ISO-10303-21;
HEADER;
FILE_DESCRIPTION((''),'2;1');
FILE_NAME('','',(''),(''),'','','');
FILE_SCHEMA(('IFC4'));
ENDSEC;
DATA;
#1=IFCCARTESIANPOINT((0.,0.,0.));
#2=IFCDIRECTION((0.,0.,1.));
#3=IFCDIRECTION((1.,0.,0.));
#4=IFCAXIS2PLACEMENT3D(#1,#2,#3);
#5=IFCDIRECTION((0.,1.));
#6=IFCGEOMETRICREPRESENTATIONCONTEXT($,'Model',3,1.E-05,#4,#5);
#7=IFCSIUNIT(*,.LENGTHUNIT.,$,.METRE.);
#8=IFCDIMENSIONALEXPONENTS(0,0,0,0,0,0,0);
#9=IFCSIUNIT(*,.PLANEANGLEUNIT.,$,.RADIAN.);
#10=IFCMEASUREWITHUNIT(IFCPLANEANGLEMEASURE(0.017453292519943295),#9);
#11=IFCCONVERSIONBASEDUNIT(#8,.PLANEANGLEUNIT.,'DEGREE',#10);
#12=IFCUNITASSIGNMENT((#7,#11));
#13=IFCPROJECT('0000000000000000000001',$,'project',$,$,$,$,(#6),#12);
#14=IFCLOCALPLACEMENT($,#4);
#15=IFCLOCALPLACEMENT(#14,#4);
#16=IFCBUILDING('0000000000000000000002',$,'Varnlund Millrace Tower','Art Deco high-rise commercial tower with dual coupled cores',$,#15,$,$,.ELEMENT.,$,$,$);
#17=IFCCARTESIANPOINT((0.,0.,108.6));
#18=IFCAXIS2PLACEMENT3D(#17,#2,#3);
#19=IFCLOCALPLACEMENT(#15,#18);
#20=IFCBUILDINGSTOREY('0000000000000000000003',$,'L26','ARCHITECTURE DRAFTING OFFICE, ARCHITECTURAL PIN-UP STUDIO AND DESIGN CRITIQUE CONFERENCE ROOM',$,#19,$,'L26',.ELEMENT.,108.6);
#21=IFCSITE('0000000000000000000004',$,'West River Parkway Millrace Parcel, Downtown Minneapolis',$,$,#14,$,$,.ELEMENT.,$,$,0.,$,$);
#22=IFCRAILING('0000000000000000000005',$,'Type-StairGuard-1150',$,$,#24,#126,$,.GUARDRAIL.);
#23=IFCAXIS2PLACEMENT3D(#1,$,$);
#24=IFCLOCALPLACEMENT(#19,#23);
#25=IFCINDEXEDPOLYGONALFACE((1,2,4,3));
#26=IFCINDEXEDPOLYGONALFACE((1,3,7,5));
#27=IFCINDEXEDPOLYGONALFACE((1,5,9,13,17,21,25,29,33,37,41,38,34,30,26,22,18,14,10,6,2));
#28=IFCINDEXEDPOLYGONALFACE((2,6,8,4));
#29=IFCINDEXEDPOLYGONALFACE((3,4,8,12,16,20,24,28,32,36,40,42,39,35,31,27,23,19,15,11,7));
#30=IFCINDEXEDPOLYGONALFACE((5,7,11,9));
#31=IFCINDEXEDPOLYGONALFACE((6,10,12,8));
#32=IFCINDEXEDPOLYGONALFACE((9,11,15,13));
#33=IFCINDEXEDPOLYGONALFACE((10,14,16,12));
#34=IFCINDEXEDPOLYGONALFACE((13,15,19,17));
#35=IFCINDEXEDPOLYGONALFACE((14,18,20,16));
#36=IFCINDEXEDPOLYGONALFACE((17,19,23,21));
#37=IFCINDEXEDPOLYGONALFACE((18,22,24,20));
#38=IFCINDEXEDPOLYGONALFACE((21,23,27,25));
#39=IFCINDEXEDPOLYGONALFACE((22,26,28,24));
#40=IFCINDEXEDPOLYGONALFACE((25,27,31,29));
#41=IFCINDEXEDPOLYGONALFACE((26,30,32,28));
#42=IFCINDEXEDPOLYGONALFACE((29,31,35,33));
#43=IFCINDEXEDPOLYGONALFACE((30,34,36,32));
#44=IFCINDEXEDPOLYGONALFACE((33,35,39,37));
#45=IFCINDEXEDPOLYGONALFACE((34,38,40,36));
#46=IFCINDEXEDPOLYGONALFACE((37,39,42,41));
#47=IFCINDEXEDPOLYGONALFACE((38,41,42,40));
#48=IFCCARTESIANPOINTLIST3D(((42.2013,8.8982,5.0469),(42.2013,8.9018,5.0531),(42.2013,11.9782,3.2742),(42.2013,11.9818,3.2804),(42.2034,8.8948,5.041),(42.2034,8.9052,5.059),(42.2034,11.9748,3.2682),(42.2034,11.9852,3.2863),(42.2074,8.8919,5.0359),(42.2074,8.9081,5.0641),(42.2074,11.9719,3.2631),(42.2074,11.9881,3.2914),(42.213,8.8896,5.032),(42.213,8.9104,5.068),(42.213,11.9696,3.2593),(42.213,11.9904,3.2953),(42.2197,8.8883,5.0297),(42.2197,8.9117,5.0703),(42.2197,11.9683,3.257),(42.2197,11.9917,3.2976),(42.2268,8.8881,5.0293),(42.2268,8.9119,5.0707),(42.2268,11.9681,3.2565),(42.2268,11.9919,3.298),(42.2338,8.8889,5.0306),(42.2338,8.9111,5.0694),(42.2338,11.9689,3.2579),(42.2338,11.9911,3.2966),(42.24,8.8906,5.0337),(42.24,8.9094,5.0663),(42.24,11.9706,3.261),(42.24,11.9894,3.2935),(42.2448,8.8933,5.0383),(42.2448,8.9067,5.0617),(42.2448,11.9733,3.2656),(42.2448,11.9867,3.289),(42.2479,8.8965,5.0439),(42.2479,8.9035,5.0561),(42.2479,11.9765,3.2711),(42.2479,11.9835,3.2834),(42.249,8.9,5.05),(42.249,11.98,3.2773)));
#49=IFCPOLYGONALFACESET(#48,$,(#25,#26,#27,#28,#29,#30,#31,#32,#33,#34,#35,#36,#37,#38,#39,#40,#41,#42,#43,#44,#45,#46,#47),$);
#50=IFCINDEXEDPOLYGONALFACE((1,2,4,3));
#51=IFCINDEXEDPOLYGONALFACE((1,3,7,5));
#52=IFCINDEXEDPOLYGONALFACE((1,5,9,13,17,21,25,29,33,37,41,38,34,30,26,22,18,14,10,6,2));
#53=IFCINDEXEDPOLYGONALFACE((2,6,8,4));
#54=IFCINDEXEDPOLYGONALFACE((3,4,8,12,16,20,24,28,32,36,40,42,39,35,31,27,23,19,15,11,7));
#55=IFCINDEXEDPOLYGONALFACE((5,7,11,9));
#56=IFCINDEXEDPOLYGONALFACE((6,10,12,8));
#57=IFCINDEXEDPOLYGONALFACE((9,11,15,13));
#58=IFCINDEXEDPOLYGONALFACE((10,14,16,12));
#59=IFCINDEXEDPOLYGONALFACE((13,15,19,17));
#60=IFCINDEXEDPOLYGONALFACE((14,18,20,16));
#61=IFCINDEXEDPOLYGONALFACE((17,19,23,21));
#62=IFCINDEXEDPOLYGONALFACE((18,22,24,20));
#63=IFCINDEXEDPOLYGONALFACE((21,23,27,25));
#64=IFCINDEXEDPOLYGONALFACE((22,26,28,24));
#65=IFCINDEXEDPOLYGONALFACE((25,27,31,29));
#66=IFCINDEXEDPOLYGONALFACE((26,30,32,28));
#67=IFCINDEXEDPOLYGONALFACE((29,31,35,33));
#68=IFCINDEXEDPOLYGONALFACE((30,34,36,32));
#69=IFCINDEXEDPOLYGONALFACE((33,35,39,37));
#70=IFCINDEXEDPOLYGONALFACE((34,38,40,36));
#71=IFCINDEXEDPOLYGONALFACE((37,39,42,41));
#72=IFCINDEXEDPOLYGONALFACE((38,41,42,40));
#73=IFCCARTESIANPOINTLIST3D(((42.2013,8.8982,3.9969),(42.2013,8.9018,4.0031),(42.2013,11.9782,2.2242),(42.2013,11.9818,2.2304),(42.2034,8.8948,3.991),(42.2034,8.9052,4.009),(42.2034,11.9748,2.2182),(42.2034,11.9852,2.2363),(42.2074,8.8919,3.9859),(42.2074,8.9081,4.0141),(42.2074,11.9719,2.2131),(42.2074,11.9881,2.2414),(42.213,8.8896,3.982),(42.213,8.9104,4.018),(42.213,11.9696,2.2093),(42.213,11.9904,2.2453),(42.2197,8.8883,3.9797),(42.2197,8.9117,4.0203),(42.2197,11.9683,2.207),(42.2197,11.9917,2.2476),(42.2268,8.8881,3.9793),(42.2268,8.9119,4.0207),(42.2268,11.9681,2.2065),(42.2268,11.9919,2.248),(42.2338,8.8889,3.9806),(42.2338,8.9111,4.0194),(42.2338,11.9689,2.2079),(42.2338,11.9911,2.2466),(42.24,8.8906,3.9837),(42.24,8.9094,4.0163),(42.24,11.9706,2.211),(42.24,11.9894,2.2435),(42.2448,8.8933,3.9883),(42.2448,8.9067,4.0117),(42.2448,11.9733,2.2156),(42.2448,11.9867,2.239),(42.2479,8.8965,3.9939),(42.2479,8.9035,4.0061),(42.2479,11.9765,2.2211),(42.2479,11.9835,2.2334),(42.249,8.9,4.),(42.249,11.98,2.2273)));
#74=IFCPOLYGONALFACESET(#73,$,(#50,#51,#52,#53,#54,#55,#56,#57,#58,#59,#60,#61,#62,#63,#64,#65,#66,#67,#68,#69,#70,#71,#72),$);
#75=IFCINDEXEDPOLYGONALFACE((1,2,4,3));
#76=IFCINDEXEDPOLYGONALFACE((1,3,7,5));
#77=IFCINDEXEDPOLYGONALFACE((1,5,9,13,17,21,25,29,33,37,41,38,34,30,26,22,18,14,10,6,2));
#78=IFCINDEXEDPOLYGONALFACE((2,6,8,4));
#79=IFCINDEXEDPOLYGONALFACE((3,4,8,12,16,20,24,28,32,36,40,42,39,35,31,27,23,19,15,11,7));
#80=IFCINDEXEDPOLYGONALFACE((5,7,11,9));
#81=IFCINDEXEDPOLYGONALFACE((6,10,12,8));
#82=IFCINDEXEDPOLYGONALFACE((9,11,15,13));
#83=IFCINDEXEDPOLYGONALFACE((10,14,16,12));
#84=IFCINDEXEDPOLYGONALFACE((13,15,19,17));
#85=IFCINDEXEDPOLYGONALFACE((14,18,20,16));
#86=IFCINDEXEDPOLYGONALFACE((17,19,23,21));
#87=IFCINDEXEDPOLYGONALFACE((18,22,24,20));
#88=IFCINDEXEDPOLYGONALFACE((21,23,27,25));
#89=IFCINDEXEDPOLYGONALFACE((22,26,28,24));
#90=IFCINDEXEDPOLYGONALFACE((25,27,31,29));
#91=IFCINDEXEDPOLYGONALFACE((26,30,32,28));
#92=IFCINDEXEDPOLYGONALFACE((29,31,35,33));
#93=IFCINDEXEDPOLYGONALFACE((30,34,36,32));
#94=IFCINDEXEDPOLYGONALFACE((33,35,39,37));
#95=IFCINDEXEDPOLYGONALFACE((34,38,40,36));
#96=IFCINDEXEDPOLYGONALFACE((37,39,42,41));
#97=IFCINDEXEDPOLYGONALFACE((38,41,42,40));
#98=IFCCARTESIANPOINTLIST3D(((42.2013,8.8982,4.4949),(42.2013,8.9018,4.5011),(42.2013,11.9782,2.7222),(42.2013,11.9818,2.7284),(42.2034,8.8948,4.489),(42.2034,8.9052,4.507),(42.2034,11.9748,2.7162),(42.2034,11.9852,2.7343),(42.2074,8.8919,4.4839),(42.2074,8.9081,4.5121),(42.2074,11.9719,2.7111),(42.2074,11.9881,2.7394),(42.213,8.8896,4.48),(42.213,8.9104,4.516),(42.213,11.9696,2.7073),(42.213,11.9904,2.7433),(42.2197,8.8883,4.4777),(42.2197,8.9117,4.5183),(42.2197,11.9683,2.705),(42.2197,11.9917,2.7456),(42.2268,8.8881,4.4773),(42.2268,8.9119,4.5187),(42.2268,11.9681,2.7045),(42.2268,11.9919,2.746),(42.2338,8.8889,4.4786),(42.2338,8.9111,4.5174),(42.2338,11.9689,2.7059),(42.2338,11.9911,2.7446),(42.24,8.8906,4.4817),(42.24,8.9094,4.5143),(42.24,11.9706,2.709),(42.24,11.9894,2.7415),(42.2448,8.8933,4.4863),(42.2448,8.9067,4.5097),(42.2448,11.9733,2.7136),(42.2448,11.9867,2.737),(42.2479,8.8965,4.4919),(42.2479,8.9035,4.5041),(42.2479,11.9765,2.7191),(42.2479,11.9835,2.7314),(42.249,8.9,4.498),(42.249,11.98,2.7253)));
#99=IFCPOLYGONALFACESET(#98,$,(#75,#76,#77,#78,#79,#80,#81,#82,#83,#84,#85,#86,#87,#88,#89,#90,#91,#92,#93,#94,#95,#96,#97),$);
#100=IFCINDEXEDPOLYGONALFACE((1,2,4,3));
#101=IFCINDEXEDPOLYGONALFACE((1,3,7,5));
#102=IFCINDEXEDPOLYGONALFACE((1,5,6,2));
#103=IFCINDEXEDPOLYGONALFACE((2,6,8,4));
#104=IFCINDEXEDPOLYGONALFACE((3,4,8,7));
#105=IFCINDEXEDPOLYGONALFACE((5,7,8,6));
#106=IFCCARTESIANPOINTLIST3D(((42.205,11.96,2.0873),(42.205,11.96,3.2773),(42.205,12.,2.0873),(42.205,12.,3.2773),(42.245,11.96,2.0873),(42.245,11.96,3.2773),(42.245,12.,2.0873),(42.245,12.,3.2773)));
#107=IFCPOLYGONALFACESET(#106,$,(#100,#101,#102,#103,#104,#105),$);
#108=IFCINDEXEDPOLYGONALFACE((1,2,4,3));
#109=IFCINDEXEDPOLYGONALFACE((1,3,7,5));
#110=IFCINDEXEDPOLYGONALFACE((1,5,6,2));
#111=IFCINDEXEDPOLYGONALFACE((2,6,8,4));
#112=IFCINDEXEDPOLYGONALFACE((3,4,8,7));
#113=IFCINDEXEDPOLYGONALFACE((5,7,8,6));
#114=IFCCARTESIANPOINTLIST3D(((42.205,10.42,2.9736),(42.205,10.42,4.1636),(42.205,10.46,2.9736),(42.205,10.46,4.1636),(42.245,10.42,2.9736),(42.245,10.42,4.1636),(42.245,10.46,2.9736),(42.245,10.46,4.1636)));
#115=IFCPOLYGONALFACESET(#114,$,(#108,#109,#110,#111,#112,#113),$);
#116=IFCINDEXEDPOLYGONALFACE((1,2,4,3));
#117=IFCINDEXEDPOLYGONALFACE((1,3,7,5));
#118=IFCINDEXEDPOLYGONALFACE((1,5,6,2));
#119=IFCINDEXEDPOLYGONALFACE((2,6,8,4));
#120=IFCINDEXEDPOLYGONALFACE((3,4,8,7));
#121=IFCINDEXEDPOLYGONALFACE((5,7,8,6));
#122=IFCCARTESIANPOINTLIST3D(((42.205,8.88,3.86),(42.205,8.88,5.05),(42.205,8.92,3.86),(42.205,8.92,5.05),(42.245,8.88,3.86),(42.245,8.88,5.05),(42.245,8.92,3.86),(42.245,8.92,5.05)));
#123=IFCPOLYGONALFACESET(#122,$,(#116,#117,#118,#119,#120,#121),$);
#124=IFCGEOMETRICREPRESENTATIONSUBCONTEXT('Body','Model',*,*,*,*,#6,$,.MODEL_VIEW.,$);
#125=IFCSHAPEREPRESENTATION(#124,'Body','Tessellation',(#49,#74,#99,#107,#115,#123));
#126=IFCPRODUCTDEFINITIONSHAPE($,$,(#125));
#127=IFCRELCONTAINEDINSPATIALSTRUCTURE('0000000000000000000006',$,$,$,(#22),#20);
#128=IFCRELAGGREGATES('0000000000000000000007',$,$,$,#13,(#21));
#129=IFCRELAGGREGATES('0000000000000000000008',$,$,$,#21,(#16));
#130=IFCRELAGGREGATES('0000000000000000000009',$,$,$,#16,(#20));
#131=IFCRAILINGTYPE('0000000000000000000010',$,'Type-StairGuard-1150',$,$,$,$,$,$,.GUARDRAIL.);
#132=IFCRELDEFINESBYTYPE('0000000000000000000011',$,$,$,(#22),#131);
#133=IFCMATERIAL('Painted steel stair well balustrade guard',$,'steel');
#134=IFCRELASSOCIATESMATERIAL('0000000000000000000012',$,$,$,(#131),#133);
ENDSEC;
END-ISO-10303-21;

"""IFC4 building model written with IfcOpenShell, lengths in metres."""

from ifc_helpers import new_model, entity, si_unit, converted_unit, direction, frame, origin_with_axes, origin_2d_with_axis, place, context, subcontext, project, spatial, rectangle, circle, extrude, material, type_object, element, save


model = new_model("IFC4")

# Units and contexts
model_context = context("Model", 3, precision=1e-05, world=origin_with_axes(), true_north=direction((0.0, 1.0)))
body_context = subcontext(model_context, "Body", "Model", "MODEL_VIEW")
ifc_project = project(units=[si_unit("LENGTHUNIT", "METRE"), converted_unit("PLANEANGLEUNIT", "DEGREE", entity("IfcPlaneAngleMeasure", 0.017453292519943295), si_unit("PLANEANGLEUNIT", "RADIAN"), dimensions=[0, 0, 0, 0, 0, 0, 0])], contexts=[model_context])

# Site, building, storey
site_placement = place(None, origin_with_axes())
site = spatial("IfcSite", under=ifc_project, at=site_placement, Name="West River Parkway Millrace Parcel, Downtown Minneapolis", CompositionType="ELEMENT", RefElevation=0.0)
building_placement = place(site_placement, origin_with_axes())
building = spatial("IfcBuilding", under=site, at=building_placement, Name="Varnlund Millrace Tower", Description="Art Deco high-rise commercial tower with dual coupled cores", CompositionType="ELEMENT")
storey_placement = place(building_placement, frame((0.0, 0.0, 108.6), z_axis=(0.0, 0.0, 1.0), x_axis=(1.0, 0.0, 0.0)))
storey = spatial("IfcBuildingStorey", under=building, at=storey_placement, Name="L26", Description="ARCHITECTURE DRAFTING OFFICE, ARCHITECTURAL PIN-UP STUDIO AND DESIGN CRITIQUE CONFERENCE ROOM", LongName="L26", CompositionType="ELEMENT", Elevation=108.6)

# Railing
ifc_material_1 = material(Name="Painted steel stair well balustrade guard", Category="steel")
railing_type_1 = type_object("IfcRailingType", Name="Type-StairGuard-1150", PredefinedType="GUARDRAIL", material=ifc_material_1)
railing_1_placement = place(storey_placement, frame((0.0, 0.0, -108.6), z_axis=(0.0, 0.0, 1.0), x_axis=(1.0, 0.0, 0.0)))
element("IfcRailing", 1, at=railing_1_placement, inside=storey, type_object=railing_type_1, Name="Type-StairGuard-1150", PredefinedType="GUARDRAIL", context=body_context, shape_type="SweptSolid", body=[
    extrude(circle(Radius=0.024, at=origin_2d_with_axis()), frame((42.225, 11.98, 111.8773), z_axis=(0.0, -0.866696, 0.498836), x_axis=(1.0, 0.0, 0.0)), (0.0, 0.0, 1.0), 3.5537),
    extrude(circle(Radius=0.024, at=origin_2d_with_axis()), frame((42.225, 11.98, 110.8273), z_axis=(0.0, -0.866696, 0.498836), x_axis=(1.0, 0.0, 0.0)), (0.0, 0.0, 1.0), 3.5537),
    extrude(circle(Radius=0.024, at=origin_2d_with_axis()), frame((42.225, 11.98, 111.3253), z_axis=(0.0, -0.866696, 0.498836), x_axis=(1.0, 0.0, 0.0)), (0.0, 0.0, 1.0), 3.5537),
    extrude(rectangle(XDim=0.04, YDim=0.04, at=origin_2d_with_axis()), frame((42.225, 11.98, 110.6873), z_axis=(0.0, 0.0, 1.0), x_axis=(1.0, 0.0, 0.0)), (0.0, 0.0, 1.0), 1.19),
    extrude(rectangle(XDim=0.04, YDim=0.04, at=origin_2d_with_axis()), frame((42.225, 10.44, 111.5736), z_axis=(0.0, 0.0, 1.0), x_axis=(1.0, 0.0, 0.0)), (0.0, 0.0, 1.0), 1.19),
    extrude(rectangle(XDim=0.04, YDim=0.04, at=origin_2d_with_axis()), frame((42.225, 8.9, 112.46), z_axis=(0.0, 0.0, 1.0), x_axis=(1.0, 0.0, 0.0)), (0.0, 0.0, 1.0), 1.19),
])

save(model, "model.ifc")
